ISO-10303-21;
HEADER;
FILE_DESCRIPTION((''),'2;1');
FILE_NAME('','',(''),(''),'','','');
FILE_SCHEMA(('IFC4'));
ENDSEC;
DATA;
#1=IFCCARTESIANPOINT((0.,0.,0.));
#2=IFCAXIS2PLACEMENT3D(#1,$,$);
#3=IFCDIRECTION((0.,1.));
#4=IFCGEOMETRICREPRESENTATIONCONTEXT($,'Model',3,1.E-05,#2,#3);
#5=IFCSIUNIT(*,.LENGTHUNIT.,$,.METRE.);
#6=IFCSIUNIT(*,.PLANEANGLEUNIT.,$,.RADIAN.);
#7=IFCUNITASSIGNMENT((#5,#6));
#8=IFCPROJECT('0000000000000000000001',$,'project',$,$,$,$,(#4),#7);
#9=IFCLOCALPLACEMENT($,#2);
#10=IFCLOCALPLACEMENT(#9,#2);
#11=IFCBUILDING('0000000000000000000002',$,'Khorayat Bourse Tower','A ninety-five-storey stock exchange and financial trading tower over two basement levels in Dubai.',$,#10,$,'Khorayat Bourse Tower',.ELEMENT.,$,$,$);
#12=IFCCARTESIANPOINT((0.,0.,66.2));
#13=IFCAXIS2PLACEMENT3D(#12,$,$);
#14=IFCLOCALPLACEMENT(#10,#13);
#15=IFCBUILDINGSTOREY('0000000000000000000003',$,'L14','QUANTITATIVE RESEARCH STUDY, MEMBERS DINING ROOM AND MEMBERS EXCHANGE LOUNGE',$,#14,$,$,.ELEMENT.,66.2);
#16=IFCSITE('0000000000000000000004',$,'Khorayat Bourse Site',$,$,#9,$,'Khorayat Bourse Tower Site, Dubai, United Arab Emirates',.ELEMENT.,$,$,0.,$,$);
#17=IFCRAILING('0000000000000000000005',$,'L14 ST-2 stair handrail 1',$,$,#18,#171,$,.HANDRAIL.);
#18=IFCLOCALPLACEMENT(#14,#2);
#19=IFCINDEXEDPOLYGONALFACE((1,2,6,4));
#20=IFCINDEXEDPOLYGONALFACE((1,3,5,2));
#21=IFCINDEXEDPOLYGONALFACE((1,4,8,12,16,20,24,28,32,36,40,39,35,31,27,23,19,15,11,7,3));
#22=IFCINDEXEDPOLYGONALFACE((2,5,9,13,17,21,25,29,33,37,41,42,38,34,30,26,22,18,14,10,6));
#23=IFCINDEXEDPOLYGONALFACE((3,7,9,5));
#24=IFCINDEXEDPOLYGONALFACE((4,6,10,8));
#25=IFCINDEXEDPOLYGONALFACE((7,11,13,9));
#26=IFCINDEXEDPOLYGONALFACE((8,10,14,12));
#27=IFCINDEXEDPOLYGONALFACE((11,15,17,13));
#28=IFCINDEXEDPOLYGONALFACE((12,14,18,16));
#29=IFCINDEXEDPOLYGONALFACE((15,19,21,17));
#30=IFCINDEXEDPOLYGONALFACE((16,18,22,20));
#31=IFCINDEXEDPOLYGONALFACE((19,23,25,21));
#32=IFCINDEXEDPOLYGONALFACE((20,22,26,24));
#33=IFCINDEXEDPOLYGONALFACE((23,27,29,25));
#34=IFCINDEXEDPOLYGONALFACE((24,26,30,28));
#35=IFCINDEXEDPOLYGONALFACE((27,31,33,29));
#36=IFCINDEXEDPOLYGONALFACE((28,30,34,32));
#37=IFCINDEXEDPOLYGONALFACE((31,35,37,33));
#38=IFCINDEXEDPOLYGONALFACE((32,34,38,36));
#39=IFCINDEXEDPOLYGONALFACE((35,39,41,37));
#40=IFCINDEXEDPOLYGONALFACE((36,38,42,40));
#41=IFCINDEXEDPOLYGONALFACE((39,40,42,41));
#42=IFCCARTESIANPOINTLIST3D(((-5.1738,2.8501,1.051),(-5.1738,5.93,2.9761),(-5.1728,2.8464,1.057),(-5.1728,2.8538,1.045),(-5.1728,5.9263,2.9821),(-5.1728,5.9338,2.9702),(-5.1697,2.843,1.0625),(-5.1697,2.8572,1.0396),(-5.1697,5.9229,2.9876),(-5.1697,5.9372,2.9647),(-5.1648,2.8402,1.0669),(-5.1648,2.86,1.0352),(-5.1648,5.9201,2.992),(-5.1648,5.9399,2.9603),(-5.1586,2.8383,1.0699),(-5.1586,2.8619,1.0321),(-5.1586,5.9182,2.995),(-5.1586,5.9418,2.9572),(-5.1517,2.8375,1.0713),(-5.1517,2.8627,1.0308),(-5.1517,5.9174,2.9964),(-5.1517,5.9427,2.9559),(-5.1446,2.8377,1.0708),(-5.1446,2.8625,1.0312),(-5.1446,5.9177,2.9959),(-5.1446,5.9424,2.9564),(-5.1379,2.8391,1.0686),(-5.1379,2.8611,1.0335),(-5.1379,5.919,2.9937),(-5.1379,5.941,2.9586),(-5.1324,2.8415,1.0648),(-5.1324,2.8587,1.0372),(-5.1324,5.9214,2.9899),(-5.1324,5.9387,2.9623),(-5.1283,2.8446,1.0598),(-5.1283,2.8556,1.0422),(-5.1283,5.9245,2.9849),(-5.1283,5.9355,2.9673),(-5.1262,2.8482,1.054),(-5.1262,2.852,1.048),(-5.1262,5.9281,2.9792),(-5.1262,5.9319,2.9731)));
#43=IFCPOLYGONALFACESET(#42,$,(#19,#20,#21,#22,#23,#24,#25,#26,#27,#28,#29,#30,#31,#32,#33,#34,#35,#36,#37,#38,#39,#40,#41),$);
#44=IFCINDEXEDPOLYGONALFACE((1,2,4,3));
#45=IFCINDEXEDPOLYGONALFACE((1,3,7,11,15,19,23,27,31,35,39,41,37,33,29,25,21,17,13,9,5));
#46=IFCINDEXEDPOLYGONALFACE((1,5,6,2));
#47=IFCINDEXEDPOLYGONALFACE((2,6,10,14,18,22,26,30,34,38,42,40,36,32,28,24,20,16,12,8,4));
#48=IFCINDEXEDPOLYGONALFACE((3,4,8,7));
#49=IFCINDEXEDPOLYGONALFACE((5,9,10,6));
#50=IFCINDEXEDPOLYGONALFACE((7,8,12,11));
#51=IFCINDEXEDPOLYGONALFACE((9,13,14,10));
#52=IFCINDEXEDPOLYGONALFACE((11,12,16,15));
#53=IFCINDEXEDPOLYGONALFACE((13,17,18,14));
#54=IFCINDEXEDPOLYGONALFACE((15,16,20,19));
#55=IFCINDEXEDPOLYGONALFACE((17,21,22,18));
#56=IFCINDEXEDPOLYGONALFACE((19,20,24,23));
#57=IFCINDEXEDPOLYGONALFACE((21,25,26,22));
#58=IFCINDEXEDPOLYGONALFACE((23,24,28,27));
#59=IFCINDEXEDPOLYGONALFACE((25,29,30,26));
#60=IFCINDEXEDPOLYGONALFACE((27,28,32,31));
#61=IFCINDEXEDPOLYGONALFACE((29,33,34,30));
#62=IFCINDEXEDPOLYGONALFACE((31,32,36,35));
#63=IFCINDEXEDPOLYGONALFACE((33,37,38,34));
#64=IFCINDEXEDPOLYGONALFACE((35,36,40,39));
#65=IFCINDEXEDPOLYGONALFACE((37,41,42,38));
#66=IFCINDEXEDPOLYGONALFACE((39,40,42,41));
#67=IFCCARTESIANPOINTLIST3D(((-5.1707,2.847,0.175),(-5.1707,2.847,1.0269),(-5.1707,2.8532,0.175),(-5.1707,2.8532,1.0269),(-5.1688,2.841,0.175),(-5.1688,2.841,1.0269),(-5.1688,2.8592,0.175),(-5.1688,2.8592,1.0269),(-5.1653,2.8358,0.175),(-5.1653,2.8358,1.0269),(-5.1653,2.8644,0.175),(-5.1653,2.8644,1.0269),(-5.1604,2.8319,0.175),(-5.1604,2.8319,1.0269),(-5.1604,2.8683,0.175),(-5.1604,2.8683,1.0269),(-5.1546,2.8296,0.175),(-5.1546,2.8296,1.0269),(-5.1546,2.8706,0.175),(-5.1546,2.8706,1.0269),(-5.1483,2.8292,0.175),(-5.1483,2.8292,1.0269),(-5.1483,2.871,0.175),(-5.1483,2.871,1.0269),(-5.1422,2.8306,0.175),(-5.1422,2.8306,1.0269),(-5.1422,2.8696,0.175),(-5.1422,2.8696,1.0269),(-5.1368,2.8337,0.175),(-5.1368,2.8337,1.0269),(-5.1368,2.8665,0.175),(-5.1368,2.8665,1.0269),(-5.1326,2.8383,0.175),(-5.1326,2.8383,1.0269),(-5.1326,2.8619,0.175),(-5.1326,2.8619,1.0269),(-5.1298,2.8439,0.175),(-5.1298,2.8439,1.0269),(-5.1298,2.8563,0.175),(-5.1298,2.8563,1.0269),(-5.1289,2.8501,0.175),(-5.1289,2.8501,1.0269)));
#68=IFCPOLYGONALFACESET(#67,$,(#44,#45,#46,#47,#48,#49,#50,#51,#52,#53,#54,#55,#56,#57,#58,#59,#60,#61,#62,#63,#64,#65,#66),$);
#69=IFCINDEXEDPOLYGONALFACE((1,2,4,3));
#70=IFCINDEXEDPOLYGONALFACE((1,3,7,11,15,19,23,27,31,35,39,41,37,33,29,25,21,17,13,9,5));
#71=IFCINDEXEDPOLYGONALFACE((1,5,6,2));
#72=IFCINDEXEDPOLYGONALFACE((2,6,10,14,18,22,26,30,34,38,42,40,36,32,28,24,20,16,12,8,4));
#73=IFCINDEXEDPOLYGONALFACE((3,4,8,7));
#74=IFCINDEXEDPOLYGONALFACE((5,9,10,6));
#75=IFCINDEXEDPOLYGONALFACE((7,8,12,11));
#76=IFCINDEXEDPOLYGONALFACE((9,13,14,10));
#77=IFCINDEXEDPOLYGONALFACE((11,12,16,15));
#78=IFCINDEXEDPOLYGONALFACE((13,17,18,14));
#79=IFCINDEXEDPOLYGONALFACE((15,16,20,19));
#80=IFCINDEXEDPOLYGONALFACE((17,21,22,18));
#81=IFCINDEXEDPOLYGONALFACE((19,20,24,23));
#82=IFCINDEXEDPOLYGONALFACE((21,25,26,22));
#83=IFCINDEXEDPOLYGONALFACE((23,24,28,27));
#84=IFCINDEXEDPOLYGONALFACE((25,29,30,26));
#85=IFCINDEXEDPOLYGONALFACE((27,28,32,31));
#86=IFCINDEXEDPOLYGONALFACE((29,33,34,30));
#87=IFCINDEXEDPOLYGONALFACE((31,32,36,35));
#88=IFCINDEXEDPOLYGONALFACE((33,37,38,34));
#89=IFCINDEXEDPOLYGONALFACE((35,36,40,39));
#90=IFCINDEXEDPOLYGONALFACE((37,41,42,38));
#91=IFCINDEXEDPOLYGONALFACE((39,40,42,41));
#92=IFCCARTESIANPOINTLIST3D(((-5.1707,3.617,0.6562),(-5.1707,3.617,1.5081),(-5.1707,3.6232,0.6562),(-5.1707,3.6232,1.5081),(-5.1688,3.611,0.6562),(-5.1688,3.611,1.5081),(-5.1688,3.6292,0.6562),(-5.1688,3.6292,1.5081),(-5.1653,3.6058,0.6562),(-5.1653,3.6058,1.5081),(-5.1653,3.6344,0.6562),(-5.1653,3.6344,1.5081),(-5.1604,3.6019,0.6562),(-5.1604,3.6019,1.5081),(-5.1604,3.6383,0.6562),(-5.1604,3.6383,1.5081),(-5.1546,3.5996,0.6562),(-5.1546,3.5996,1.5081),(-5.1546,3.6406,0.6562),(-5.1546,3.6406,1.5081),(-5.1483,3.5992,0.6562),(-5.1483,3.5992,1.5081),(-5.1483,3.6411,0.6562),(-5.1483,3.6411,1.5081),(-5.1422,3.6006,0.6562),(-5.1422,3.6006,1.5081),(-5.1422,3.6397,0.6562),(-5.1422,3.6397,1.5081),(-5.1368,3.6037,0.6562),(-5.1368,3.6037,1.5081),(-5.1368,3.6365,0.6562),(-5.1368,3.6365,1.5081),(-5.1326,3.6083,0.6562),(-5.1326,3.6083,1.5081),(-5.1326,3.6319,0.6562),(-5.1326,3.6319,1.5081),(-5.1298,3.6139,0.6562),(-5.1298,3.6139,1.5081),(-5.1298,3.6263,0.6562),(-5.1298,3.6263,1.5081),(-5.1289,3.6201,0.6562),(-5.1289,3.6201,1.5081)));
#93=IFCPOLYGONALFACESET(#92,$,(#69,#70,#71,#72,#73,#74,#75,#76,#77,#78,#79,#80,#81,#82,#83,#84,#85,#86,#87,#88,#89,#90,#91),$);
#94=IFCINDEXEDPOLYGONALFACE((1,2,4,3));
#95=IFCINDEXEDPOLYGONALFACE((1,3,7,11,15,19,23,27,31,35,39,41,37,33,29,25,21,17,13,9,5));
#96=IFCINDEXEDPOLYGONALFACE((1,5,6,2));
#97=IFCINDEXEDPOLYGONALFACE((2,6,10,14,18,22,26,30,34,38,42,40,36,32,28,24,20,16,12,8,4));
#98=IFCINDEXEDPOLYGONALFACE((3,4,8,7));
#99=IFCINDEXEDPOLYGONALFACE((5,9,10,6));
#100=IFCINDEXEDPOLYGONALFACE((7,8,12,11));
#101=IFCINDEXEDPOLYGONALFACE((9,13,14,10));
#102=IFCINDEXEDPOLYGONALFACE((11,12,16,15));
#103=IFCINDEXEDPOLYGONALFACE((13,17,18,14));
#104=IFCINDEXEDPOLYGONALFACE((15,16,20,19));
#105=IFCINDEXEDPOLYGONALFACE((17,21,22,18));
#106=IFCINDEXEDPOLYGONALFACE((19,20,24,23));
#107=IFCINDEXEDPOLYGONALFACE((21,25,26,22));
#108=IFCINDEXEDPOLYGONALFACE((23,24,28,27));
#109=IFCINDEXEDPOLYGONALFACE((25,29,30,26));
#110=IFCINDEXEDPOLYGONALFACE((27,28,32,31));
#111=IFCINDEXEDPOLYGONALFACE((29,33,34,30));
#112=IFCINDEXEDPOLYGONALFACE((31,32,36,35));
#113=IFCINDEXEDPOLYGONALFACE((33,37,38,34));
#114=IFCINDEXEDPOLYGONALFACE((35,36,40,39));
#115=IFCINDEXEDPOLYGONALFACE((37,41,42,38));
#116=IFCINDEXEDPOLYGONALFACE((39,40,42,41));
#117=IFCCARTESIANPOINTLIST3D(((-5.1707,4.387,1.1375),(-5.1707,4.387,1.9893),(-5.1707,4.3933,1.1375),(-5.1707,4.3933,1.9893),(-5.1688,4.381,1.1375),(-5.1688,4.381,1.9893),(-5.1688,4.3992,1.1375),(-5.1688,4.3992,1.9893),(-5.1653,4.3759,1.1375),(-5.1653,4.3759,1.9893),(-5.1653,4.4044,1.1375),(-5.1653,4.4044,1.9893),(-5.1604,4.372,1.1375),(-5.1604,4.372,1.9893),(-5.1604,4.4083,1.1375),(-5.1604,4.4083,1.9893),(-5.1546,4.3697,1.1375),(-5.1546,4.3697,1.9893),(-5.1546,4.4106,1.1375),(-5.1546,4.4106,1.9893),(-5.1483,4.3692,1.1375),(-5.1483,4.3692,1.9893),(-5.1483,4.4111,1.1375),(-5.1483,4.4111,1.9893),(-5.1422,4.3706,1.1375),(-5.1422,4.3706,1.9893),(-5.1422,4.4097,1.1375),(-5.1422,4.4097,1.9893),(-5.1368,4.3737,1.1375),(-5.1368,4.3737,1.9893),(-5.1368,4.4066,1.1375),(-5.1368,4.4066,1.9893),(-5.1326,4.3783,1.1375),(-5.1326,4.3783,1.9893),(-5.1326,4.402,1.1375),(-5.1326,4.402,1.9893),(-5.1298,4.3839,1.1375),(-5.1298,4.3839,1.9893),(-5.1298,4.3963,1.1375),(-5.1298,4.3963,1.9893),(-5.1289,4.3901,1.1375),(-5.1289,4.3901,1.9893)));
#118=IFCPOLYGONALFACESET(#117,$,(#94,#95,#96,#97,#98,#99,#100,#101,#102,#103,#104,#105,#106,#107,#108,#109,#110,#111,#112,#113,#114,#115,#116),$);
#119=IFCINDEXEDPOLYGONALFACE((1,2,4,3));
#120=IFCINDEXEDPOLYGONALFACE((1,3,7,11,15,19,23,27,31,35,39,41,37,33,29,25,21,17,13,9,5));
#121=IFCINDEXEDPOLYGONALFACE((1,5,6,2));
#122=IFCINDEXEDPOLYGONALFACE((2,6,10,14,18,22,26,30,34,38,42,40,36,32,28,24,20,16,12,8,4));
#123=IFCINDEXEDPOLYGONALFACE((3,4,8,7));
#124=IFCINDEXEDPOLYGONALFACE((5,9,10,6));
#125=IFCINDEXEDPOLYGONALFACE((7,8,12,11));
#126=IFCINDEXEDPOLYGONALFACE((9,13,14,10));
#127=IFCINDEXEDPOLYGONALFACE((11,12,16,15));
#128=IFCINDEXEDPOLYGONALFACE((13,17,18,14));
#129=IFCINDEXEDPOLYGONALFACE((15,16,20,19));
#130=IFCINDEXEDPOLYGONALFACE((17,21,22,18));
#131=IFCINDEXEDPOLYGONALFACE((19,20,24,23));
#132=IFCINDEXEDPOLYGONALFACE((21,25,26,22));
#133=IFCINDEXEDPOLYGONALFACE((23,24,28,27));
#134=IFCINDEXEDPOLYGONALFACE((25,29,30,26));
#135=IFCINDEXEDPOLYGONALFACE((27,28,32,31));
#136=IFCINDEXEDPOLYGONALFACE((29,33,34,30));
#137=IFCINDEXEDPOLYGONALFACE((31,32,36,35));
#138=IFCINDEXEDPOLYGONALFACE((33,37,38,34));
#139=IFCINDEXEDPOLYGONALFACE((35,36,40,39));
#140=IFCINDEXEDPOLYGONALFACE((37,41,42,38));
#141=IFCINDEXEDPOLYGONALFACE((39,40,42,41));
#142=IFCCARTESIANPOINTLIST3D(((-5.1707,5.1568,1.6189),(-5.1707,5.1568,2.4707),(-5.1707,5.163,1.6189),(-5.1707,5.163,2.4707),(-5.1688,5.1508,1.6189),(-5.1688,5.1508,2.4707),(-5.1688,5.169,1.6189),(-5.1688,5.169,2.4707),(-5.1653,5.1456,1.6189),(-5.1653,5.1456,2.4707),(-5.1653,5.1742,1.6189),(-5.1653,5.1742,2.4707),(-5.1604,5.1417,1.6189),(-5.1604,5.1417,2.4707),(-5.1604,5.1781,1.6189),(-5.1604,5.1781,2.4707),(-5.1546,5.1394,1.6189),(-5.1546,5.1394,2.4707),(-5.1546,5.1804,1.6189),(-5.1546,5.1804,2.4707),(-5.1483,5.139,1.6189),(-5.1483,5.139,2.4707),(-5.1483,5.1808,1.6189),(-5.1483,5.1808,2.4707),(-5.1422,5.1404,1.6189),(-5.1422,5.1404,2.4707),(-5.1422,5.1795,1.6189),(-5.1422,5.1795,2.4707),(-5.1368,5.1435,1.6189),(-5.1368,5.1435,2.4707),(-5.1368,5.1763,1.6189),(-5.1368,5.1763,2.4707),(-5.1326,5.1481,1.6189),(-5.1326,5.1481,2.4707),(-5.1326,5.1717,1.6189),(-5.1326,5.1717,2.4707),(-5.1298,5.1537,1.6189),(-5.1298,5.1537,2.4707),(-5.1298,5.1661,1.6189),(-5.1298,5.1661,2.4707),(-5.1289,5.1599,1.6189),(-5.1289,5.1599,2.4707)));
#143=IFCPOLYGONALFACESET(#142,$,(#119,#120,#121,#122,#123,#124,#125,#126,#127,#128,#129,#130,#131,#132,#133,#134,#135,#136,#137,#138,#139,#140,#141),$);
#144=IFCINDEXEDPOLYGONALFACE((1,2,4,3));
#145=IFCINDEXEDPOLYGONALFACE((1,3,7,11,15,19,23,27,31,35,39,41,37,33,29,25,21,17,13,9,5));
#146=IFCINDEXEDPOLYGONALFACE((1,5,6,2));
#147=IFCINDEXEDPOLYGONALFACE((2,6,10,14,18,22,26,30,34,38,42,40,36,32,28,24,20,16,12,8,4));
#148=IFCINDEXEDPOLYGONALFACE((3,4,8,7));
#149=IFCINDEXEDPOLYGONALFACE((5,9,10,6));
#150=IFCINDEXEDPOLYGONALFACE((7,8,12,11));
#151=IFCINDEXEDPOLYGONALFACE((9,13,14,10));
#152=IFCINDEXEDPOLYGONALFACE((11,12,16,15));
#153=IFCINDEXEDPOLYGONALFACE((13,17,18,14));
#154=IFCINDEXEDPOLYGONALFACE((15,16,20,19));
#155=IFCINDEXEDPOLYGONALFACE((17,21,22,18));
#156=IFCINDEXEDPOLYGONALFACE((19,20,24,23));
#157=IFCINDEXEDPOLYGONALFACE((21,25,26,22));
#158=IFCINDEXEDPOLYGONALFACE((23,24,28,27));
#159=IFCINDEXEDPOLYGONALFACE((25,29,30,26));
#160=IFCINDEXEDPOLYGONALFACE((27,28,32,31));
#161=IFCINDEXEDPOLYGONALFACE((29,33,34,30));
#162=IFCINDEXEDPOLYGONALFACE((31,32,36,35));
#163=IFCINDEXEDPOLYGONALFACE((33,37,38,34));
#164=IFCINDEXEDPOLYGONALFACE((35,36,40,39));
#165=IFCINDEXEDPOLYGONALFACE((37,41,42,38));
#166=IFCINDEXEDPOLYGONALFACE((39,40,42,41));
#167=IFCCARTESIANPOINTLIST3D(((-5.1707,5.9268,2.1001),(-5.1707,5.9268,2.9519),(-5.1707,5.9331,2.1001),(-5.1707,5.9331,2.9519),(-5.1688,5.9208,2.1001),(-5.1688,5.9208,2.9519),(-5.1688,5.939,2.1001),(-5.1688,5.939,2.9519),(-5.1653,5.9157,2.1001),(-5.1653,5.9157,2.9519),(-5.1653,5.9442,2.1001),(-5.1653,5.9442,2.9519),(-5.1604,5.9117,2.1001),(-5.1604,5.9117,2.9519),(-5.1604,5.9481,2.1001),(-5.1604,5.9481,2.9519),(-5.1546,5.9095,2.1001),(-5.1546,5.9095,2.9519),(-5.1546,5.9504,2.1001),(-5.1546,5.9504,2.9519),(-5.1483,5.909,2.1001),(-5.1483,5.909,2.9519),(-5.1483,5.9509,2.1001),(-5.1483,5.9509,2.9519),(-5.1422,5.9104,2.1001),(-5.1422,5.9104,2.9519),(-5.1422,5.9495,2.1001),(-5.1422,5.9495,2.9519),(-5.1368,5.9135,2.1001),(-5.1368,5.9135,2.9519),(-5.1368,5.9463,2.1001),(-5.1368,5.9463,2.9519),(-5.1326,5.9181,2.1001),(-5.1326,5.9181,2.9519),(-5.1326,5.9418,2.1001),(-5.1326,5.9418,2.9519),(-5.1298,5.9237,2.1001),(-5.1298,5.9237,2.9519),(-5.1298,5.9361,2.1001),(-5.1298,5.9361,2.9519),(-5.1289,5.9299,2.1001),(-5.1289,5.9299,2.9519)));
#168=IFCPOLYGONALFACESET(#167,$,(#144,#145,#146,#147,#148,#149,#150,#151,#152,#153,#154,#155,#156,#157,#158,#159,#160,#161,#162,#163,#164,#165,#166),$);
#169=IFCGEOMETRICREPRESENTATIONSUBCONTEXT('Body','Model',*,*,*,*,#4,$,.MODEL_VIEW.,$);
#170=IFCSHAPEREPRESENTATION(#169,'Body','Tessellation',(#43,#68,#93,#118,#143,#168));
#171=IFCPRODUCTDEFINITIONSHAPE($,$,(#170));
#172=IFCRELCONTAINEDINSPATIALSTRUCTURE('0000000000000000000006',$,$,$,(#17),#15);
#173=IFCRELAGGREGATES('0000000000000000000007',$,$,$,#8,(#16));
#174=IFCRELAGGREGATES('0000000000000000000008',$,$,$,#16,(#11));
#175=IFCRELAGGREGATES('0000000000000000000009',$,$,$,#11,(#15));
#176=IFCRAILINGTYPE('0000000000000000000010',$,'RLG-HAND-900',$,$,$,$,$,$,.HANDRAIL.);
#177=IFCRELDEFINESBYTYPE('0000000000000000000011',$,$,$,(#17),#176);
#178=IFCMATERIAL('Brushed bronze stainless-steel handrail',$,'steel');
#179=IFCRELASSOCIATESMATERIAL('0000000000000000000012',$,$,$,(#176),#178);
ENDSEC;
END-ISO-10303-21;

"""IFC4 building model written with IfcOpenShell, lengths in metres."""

from ifc_helpers import new_model, si_unit, direction, frame, origin, origin_2d, place, context, subcontext, project, spatial, circle, extrude, source, transform, mapped, material, type_object, element, save


model = new_model("IFC4")

# Units and contexts
model_context = context("Model", 3, precision=1e-05, world=origin(), true_north=direction((0.0, 1.0)))
body_context = subcontext(model_context, "Body", "Model", "MODEL_VIEW")
ifc_project = project(units=[si_unit("LENGTHUNIT", "METRE"), si_unit("PLANEANGLEUNIT", "RADIAN")], contexts=[model_context])

# Site, building, storey
site_placement = place(None, origin())
site = spatial("IfcSite", under=ifc_project, at=site_placement, Name="Khorayat Bourse Site", LongName="Khorayat Bourse Tower Site, Dubai, United Arab Emirates", CompositionType="ELEMENT", RefElevation=0.0)
building_placement = place(site_placement, origin())
building = spatial("IfcBuilding", under=site, at=building_placement, Name="Khorayat Bourse Tower", Description="A ninety-five-storey stock exchange and financial trading tower over two basement levels in Dubai.", LongName="Khorayat Bourse Tower", CompositionType="ELEMENT")
storey_placement = place(building_placement, frame((0.0, 0.0, 66.2)))
storey = spatial("IfcBuildingStorey", under=building, at=storey_placement, Name="L14", Description="QUANTITATIVE RESEARCH STUDY, MEMBERS DINING ROOM AND MEMBERS EXCHANGE LOUNGE", CompositionType="ELEMENT", Elevation=66.2)

# Railing
ifc_material_1 = material(Name="Brushed bronze stainless-steel handrail", Category="steel")
railing_type_1 = type_object("IfcRailingType", Name="RLG-HAND-900", PredefinedType="HANDRAIL", material=ifc_material_1)
shared_shape_1 = source(origin(), body_context, "Body", "SweptSolid", [
    extrude(circle(Radius=0.0239, at=origin_2d()), frame((0.0, 0.0, 0.876), z_axis=(0.0, 0.847979, 0.530029), x_axis=(-1.0, 0.0, 0.0)), (0.0, 0.0, 1.0), 3.6321),
    extrude(circle(Radius=0.021, at=origin_2d()), origin(), (0.0, 0.0, 1.0), 0.8518),
    extrude(circle(Radius=0.021, at=origin_2d()), frame((0.0, 0.77, 0.4812)), (0.0, 0.0, 1.0), 0.8518),
    extrude(circle(Radius=0.021, at=origin_2d()), frame((0.0, 1.54, 0.9624)), (0.0, 0.0, 1.0), 0.8518),
    extrude(circle(Radius=0.021, at=origin_2d()), frame((0.0, 2.3098, 1.4438)), (0.0, 0.0, 1.0), 0.8518),
    extrude(circle(Radius=0.021, at=origin_2d()), frame((0.0, 3.0798, 1.925)), (0.0, 0.0, 1.0), 0.8518),
])
railing_1_placement = place(storey_placement, frame((-5.1499, 2.8501, 0.175)))
element("IfcRailing", 1, at=railing_1_placement, inside=storey, type_object=railing_type_1, Name="L14 ST-2 stair handrail 1", PredefinedType="HANDRAIL", context=body_context, shape_type="MappedRepresentation", body=[
    mapped(shared_shape_1, transform((0.0, 0.0, 0.0), scale=1.0)),
])

save(model, "model.ifc")
